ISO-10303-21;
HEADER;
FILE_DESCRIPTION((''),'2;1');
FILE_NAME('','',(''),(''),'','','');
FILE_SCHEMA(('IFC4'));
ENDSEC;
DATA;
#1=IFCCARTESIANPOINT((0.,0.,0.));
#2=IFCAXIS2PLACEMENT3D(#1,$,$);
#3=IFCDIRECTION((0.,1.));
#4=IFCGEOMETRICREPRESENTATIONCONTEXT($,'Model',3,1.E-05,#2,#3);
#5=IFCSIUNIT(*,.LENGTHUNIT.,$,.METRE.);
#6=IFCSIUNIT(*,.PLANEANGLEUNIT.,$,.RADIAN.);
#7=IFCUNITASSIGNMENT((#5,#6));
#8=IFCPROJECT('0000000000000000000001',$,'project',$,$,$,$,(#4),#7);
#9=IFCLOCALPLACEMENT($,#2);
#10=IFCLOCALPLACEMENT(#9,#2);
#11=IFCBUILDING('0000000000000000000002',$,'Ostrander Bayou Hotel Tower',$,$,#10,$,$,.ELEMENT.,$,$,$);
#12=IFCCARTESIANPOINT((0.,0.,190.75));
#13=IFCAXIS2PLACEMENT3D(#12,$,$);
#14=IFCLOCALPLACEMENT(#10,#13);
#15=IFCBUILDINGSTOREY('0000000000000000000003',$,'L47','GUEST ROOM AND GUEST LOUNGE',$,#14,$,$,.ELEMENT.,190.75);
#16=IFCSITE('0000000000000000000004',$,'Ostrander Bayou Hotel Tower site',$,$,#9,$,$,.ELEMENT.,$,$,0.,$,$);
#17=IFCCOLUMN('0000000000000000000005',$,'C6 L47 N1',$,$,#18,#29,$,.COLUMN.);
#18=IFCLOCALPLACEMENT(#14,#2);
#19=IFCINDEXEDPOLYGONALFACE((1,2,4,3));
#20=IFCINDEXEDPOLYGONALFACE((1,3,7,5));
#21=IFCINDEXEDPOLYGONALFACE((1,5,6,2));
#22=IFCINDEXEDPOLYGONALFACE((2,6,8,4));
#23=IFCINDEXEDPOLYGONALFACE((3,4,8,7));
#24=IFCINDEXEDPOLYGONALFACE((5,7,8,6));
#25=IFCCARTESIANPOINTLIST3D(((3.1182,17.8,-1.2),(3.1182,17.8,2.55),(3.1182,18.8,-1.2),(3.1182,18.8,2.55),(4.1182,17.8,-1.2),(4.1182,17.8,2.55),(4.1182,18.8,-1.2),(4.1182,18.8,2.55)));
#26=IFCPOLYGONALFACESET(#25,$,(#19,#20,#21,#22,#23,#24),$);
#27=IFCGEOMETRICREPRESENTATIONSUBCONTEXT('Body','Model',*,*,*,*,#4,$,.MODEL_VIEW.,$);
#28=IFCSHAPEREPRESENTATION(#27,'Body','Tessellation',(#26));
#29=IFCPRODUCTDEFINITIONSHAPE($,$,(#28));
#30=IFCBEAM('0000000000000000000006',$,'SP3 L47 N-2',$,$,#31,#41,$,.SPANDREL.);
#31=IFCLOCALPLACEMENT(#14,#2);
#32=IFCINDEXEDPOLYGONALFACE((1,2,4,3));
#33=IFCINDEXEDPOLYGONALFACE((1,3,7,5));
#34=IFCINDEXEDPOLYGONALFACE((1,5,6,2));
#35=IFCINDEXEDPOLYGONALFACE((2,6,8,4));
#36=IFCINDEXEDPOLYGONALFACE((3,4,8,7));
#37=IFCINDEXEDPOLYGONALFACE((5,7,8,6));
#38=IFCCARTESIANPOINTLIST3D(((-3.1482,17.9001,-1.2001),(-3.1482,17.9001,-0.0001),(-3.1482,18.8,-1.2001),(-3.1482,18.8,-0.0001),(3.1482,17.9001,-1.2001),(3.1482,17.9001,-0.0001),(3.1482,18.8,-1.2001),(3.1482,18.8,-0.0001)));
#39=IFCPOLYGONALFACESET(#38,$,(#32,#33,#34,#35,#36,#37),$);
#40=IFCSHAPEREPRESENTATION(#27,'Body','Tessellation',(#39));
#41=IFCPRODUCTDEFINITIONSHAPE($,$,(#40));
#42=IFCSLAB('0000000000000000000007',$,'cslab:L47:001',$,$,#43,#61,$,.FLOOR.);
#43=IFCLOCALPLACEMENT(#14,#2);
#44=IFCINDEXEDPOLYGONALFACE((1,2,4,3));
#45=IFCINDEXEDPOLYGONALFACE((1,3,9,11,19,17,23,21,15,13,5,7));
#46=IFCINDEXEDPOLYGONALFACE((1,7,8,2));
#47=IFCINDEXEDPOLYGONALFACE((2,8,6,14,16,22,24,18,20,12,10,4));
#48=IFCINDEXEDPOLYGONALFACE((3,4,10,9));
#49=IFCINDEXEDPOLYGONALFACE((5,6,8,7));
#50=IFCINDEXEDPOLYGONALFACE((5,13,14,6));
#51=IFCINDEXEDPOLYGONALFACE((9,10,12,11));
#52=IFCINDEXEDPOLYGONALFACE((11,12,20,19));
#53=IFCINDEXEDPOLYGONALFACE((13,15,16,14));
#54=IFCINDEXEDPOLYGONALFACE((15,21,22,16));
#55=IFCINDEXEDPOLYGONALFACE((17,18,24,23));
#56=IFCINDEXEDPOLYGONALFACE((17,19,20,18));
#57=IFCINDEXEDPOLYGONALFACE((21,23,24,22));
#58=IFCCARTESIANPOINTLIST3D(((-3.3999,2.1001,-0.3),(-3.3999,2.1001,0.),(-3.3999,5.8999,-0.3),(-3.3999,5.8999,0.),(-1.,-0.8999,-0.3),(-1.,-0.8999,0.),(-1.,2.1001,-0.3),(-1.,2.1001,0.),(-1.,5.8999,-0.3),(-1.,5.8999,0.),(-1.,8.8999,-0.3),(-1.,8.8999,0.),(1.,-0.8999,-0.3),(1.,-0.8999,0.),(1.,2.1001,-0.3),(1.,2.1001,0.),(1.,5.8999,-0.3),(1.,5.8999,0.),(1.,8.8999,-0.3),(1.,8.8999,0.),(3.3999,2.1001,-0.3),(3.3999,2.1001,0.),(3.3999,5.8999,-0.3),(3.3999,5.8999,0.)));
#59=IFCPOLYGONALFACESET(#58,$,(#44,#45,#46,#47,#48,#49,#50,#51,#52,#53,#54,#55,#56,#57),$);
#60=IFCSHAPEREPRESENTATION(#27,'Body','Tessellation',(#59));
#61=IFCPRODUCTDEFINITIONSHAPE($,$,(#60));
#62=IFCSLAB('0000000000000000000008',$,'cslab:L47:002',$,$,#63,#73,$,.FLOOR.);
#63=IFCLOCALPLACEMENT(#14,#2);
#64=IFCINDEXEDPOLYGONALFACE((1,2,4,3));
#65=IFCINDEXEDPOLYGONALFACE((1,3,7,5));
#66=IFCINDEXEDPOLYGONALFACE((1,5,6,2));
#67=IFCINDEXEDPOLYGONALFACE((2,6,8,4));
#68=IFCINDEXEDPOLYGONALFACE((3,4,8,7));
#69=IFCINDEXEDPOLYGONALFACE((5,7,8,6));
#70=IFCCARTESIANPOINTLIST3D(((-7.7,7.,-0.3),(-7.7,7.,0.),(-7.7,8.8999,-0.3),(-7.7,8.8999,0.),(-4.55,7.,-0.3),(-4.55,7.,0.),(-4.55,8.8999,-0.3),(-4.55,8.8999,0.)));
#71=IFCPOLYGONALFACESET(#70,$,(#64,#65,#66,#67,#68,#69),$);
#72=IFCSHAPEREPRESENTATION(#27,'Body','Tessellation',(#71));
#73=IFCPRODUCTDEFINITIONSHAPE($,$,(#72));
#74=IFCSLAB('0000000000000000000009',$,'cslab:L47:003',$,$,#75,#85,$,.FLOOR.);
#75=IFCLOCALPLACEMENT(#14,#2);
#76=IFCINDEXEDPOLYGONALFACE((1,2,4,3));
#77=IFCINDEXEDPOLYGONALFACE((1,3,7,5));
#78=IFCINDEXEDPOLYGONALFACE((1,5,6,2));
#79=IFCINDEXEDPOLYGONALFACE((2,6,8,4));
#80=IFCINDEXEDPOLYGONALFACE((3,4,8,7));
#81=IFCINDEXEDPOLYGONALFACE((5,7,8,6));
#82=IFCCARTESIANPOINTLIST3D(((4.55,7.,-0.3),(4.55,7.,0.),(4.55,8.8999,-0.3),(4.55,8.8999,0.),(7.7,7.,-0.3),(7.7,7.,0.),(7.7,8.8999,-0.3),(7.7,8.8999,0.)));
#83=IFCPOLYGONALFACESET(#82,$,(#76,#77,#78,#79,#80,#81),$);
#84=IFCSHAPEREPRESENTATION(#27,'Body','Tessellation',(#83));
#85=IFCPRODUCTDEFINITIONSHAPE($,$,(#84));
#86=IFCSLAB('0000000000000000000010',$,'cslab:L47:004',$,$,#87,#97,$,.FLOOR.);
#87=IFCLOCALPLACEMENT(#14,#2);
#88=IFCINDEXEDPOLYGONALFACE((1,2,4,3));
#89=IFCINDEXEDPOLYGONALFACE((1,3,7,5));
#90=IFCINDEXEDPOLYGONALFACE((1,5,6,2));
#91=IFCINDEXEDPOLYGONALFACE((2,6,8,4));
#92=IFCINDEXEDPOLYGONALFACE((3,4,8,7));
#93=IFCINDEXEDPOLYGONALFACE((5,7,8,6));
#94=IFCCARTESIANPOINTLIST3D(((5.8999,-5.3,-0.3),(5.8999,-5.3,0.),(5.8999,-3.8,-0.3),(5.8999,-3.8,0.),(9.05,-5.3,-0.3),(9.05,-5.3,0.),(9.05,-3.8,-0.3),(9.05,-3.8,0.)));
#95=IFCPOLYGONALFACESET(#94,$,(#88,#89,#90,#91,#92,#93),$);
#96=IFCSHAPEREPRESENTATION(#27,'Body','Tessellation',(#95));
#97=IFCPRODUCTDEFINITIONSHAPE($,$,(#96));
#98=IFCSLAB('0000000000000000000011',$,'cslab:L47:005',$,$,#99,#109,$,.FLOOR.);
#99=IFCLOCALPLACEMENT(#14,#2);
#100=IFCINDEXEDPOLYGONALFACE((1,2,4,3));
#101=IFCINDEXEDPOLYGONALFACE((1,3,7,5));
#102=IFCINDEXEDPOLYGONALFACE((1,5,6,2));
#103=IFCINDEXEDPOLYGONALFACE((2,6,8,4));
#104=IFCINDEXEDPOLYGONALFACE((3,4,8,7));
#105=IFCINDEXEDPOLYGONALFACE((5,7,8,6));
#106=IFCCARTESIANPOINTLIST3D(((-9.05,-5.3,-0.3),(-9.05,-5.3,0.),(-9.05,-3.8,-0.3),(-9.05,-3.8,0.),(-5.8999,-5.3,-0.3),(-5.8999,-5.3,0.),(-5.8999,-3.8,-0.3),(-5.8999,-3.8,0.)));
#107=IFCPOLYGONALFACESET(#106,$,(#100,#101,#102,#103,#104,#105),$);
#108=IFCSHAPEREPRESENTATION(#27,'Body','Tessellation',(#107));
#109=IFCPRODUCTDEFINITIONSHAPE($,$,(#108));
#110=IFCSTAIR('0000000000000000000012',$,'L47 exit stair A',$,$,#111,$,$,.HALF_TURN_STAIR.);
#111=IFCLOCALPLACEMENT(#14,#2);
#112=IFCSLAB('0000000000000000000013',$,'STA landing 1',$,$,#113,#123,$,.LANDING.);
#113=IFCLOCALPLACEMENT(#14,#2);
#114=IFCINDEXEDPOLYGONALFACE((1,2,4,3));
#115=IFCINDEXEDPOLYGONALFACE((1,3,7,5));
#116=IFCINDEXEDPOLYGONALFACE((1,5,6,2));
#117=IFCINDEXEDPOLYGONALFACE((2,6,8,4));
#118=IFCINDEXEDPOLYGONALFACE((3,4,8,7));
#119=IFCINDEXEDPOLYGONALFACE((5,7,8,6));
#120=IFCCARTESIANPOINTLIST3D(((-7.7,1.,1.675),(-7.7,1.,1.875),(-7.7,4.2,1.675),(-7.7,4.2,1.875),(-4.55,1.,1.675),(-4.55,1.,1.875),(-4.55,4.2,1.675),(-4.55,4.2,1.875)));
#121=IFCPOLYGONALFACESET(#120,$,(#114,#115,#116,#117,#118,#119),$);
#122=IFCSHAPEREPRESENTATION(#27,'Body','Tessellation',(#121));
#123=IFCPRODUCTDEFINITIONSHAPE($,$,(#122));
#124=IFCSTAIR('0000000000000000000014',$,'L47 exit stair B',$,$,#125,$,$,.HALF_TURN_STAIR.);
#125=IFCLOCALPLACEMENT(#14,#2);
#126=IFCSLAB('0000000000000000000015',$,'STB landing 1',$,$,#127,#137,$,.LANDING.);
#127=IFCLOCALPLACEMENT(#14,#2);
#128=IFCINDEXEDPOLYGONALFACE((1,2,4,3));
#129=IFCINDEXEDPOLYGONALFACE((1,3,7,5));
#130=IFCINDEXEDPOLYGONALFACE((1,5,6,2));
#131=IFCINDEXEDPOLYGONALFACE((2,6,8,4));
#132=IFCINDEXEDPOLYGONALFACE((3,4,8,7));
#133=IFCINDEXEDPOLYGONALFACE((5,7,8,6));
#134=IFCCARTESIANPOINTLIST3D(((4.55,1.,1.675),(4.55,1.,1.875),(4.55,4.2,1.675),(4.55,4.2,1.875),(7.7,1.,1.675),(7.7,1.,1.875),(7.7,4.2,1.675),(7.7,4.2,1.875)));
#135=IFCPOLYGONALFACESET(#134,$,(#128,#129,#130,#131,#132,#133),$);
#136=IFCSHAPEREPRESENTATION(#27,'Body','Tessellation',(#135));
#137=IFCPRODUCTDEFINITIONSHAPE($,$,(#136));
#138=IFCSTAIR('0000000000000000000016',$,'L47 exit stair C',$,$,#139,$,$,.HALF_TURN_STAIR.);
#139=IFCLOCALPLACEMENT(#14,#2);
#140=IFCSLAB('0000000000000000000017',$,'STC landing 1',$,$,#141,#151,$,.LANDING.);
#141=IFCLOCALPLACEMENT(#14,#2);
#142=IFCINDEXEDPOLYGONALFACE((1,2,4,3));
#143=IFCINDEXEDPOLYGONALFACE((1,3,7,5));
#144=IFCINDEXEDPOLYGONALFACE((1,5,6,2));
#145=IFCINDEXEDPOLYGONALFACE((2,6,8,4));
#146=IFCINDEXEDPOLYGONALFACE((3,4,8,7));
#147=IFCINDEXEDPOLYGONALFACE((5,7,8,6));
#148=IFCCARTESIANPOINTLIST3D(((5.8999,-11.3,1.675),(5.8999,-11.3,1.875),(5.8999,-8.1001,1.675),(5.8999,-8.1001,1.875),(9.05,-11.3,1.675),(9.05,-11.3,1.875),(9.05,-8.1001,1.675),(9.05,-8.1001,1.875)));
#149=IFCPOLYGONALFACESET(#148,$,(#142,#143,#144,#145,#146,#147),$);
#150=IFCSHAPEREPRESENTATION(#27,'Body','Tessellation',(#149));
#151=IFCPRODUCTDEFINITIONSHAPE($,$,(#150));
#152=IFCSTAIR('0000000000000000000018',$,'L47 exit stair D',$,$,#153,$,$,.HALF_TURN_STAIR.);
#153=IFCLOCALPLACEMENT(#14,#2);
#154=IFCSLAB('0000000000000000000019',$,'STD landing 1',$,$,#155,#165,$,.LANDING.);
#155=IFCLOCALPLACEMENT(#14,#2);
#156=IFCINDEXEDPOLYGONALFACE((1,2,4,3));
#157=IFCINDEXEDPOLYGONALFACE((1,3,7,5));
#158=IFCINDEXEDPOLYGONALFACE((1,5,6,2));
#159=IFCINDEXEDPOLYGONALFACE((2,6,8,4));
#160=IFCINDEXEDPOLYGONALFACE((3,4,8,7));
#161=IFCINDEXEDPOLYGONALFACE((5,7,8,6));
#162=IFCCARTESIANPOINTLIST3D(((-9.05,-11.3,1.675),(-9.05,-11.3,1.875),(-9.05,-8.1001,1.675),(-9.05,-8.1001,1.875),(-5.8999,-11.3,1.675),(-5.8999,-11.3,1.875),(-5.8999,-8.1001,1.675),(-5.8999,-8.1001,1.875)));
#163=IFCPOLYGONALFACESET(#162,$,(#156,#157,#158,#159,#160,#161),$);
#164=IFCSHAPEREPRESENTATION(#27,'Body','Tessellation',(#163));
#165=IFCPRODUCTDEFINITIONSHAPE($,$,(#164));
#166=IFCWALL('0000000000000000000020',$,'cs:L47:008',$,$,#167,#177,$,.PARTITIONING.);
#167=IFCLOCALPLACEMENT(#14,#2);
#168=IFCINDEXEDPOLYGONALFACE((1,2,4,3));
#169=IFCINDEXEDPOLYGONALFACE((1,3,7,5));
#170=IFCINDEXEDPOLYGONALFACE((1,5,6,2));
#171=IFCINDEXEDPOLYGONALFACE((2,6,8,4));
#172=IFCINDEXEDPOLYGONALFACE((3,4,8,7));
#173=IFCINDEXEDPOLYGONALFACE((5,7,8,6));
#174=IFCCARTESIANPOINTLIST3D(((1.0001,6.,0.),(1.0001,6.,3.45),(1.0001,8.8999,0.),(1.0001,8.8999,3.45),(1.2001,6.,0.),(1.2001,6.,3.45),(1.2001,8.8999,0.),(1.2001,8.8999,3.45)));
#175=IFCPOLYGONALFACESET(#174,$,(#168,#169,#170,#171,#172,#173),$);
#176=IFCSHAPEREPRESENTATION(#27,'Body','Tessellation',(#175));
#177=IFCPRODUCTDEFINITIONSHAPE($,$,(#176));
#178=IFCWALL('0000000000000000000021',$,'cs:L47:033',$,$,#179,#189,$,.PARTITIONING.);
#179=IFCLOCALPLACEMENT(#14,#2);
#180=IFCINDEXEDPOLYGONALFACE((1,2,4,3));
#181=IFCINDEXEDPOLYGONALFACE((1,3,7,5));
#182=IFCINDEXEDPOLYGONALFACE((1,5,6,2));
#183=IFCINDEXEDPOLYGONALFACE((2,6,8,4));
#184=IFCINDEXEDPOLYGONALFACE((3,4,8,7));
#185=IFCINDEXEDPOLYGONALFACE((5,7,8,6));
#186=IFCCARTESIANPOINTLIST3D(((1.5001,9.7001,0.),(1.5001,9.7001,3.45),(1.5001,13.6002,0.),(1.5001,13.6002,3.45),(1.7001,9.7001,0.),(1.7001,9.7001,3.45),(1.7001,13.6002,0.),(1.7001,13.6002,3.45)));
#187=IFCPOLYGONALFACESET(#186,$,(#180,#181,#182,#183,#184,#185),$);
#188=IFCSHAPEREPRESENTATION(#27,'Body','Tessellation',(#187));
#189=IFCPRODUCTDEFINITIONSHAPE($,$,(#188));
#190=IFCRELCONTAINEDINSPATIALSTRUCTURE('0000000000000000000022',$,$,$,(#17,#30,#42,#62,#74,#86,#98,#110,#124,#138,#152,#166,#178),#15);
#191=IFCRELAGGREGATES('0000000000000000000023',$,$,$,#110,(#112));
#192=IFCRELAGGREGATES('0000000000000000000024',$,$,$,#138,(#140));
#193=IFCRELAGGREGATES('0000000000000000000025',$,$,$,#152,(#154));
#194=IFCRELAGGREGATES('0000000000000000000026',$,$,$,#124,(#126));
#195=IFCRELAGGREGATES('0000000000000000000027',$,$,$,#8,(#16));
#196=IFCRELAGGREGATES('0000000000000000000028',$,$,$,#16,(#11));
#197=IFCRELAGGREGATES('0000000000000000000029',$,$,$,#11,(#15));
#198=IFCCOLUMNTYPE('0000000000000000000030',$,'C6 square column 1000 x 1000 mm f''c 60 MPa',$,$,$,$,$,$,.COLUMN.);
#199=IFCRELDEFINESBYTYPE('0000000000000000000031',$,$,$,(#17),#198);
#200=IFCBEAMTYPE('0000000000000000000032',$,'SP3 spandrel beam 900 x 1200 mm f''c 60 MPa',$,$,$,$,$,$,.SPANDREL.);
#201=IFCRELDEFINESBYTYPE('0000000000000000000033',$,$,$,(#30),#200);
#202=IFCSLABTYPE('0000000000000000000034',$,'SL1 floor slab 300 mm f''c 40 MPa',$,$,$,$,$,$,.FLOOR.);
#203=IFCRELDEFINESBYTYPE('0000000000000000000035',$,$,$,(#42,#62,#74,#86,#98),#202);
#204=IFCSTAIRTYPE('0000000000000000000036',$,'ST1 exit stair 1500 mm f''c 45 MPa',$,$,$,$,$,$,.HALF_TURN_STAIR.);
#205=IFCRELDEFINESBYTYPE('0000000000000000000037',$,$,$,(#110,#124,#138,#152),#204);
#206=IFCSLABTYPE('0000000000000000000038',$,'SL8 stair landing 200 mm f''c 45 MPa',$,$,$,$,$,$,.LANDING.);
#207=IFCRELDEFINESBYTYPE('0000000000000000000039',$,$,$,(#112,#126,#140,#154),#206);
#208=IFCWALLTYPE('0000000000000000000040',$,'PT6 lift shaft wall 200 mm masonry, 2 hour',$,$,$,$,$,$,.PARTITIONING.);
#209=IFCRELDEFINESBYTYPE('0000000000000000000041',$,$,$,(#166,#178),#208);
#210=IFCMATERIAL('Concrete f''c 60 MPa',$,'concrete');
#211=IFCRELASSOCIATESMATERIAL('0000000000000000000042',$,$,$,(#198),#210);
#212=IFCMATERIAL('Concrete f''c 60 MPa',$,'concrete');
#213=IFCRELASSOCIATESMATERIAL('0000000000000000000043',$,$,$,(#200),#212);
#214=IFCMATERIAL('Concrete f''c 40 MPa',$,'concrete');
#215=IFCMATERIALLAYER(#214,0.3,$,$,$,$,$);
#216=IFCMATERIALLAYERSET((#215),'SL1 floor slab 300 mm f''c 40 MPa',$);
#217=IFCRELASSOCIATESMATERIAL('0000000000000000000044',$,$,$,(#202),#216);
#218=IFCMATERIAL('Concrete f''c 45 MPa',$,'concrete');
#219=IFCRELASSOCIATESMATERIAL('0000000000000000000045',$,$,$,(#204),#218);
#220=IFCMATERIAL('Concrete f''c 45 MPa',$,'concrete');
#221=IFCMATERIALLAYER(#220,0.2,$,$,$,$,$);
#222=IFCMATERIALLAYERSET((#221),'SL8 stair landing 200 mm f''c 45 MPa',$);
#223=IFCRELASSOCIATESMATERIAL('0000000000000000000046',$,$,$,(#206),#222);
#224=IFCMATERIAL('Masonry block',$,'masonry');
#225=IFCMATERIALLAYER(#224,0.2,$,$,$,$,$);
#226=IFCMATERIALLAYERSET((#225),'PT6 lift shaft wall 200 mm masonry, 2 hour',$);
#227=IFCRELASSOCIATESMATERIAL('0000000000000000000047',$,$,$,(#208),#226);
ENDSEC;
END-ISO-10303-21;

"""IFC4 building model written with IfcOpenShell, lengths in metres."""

from ifc_helpers import new_model, si_unit, direction, frame, frame_2d, origin, origin_2d, place, context, subcontext, project, spatial, polyline, rectangle, outline, extrude, material, layer, layer_set, material_profile, profile_set, type_object, element, aggregate, save


model = new_model("IFC4")

# Units and contexts
model_context = context("Model", 3, precision=1e-05, world=origin(), true_north=direction((0.0, 1.0)))
body_context = subcontext(model_context, "Body", "Model", "MODEL_VIEW")
ifc_project = project(units=[si_unit("LENGTHUNIT", "METRE"), si_unit("PLANEANGLEUNIT", "RADIAN")], contexts=[model_context])

# Site, building, storey
site_placement = place(None, origin())
site = spatial("IfcSite", under=ifc_project, at=site_placement, Name="Ostrander Bayou Hotel Tower site", CompositionType="ELEMENT", RefElevation=0.0)
building_placement = place(site_placement, origin())
building = spatial("IfcBuilding", under=site, at=building_placement, Name="Ostrander Bayou Hotel Tower", CompositionType="ELEMENT")
storey_placement = place(building_placement, frame((0.0, 0.0, 190.75)))
storey = spatial("IfcBuildingStorey", under=building, at=storey_placement, Name="L47", Description="GUEST ROOM AND GUEST LOUNGE", CompositionType="ELEMENT", Elevation=190.75)

# Column
ifc_material_1 = material(Name="Concrete f'c 60 MPa", Category="concrete")
ifc_material_profile_1 = material_profile(ifc_material_1, rectangle(XDim=1.0, YDim=1.0, at=origin_2d()))
ifc_profile_set_1 = profile_set([ifc_material_profile_1], Name="Concrete f'c 60 MPa")
column_type = type_object("IfcColumnType", Name="C6 square column 1000 x 1000 mm f'c 60 MPa", PredefinedType="COLUMN", material=ifc_profile_set_1)
column_placement = place(storey_placement, frame((3.6182, 18.3, -1.2), z_axis=(0.0, 0.0, 1.0), x_axis=(1.0, 0.0, 0.0)))
element("IfcColumn", 1, at=column_placement, inside=storey, type_object=column_type, Name="C6 L47 N1", PredefinedType="COLUMN", context=body_context, shape_type="SweptSolid", body=[
    extrude(rectangle(XDim=1.0, YDim=1.0, at=origin_2d()), origin(), (0.0, 0.0, 1.0), 3.75),
])

# Beam
ifc_material_2 = material(Name="Concrete f'c 60 MPa", Category="concrete")
ifc_material_profile_2 = material_profile(ifc_material_2, rectangle(XDim=0.8999, YDim=1.2, at=origin_2d()))
ifc_profile_set_2 = profile_set([ifc_material_profile_2], Name="Concrete f'c 60 MPa")
beam_type = type_object("IfcBeamType", Name="SP3 spandrel beam 900 x 1200 mm f'c 60 MPa", PredefinedType="SPANDREL", material=ifc_profile_set_2)
beam_placement = place(storey_placement, frame((3.1482, 18.3501, -0.6001), z_axis=(-1.0, 0.0, 0.0), x_axis=(0.0, -1.0, 0.0)))
element("IfcBeam", 2, at=beam_placement, inside=storey, type_object=beam_type, Name="SP3 L47 N-2", PredefinedType="SPANDREL", context=body_context, shape_type="SweptSolid", body=[
    extrude(rectangle(XDim=0.8999, YDim=1.2, at=origin_2d()), origin(), (0.0, 0.0, 1.0), 6.2964),
])

# Slabs
ifc_material_3 = material(Name="Concrete f'c 40 MPa", Category="concrete")
ifc_layer_1 = layer(ifc_material_3, 0.3)
ifc_layer_set_1 = layer_set([ifc_layer_1], Name="SL1 floor slab 300 mm f'c 40 MPa")
slab_type_1 = type_object("IfcSlabType", Name="SL1 floor slab 300 mm f'c 40 MPa", PredefinedType="FLOOR", material=ifc_layer_set_1)
slab_1_placement = place(storey_placement, frame((0.0, 0.0, -0.3)))
element("IfcSlab", 3, at=slab_1_placement, inside=storey, type_object=slab_type_1, Name="cslab:L47:001", PredefinedType="FLOOR", context=body_context, shape_type="SweptSolid", body=[
    extrude(outline(polyline([(-3.3999, 5.8999), (-1.0, 5.8999), (-1.0, 8.8999), (1.0, 8.8999), (1.0, 5.8999), (3.3999, 5.8999), (3.3999, 2.1001), (1.0, 2.1001), (1.0, -0.8999), (-1.0, -0.8999), (-1.0, 2.1001), (-3.3999, 2.1001), (-3.3999, 5.8999)])), origin(), (0.0, 0.0, 1.0), 0.3),
])
slab_2_placement = place(storey_placement, frame((0.0, 0.0, -0.3)))
element("IfcSlab", 4, at=slab_2_placement, inside=storey, type_object=slab_type_1, Name="cslab:L47:002", PredefinedType="FLOOR", context=body_context, shape_type="SweptSolid", body=[
    extrude(outline(polyline([(-4.55, 7.0), (-4.55, 8.8999), (-7.7, 8.8999), (-7.7, 7.0), (-4.55, 7.0)])), origin(), (0.0, 0.0, 1.0), 0.3),
])
slab_3_placement = place(storey_placement, frame((0.0, 0.0, -0.3)))
element("IfcSlab", 5, at=slab_3_placement, inside=storey, type_object=slab_type_1, Name="cslab:L47:003", PredefinedType="FLOOR", context=body_context, shape_type="SweptSolid", body=[
    extrude(outline(polyline([(7.7, 7.0), (7.7, 8.8999), (4.55, 8.8999), (4.55, 7.0), (7.7, 7.0)])), origin(), (0.0, 0.0, 1.0), 0.3),
])
slab_4_placement = place(storey_placement, frame((0.0, 0.0, -0.3)))
element("IfcSlab", 6, at=slab_4_placement, inside=storey, type_object=slab_type_1, Name="cslab:L47:004", PredefinedType="FLOOR", context=body_context, shape_type="SweptSolid", body=[
    extrude(outline(polyline([(9.05, -5.3), (9.05, -3.8), (5.8999, -3.8), (5.8999, -5.3), (9.05, -5.3)])), origin(), (0.0, 0.0, 1.0), 0.3),
])
slab_5_placement = place(storey_placement, frame((0.0, 0.0, -0.3)))
element("IfcSlab", 7, at=slab_5_placement, inside=storey, type_object=slab_type_1, Name="cslab:L47:005", PredefinedType="FLOOR", context=body_context, shape_type="SweptSolid", body=[
    extrude(outline(polyline([(-5.8999, -5.3), (-5.8999, -3.8), (-9.05, -3.8), (-9.05, -5.3), (-5.8999, -5.3)])), origin(), (0.0, 0.0, 1.0), 0.3),
])

# Stairs, slabs
ifc_material_4 = material(Name="Concrete f'c 45 MPa", Category="concrete")
stair_type = type_object("IfcStairType", Name="ST1 exit stair 1500 mm f'c 45 MPa", PredefinedType="HALF_TURN_STAIR", material=ifc_material_4)
stair_1_placement = place(storey_placement, origin())
stair_1 = element("IfcStair", 8, at=stair_1_placement, inside=storey, type_object=stair_type, Name="L47 exit stair A", PredefinedType="HALF_TURN_STAIR")
ifc_material_5 = material(Name="Concrete f'c 45 MPa", Category="concrete")
ifc_layer_2 = layer(ifc_material_5, 0.2)
ifc_layer_set_2 = layer_set([ifc_layer_2], Name="SL8 stair landing 200 mm f'c 45 MPa")
slab_type_2 = type_object("IfcSlabType", Name="SL8 stair landing 200 mm f'c 45 MPa", PredefinedType="LANDING", material=ifc_layer_set_2)
slab_6_placement = place(storey_placement, frame((0.0, 0.0, 1.675)))
slab_6 = element("IfcSlab", 9, at=slab_6_placement, type_object=slab_type_2, Name="STA landing 1", PredefinedType="LANDING", context=body_context, shape_type="SweptSolid", body=[
    extrude(outline(polyline([(-7.7, 4.2), (-7.7, 1.0), (-4.55, 1.0), (-4.55, 4.2), (-7.7, 4.2)])), origin(), (0.0, 0.0, 1.0), 0.2),
])
aggregate(stair_1, [slab_6])
stair_2_placement = place(storey_placement, origin())
stair_2 = element("IfcStair", 10, at=stair_2_placement, inside=storey, type_object=stair_type, Name="L47 exit stair B", PredefinedType="HALF_TURN_STAIR")
slab_7_placement = place(storey_placement, frame((0.0, 0.0, 1.675)))
slab_7 = element("IfcSlab", 11, at=slab_7_placement, type_object=slab_type_2, Name="STB landing 1", PredefinedType="LANDING", context=body_context, shape_type="SweptSolid", body=[
    extrude(outline(polyline([(4.55, 4.2), (4.55, 1.0), (7.7, 1.0), (7.7, 4.2), (4.55, 4.2)])), origin(), (0.0, 0.0, 1.0), 0.2),
])
stair_3_placement = place(storey_placement, origin())
stair_3 = element("IfcStair", 12, at=stair_3_placement, inside=storey, type_object=stair_type, Name="L47 exit stair C", PredefinedType="HALF_TURN_STAIR")
slab_8_placement = place(storey_placement, frame((0.0, 0.0, 1.675)))
slab_8 = element("IfcSlab", 13, at=slab_8_placement, type_object=slab_type_2, Name="STC landing 1", PredefinedType="LANDING", context=body_context, shape_type="SweptSolid", body=[
    extrude(outline(polyline([(5.8999, -8.1001), (5.8999, -11.3), (9.05, -11.3), (9.05, -8.1001), (5.8999, -8.1001)])), origin(), (0.0, 0.0, 1.0), 0.2),
])
aggregate(stair_3, [slab_8])
stair_4_placement = place(storey_placement, origin())
stair_4 = element("IfcStair", 14, at=stair_4_placement, inside=storey, type_object=stair_type, Name="L47 exit stair D", PredefinedType="HALF_TURN_STAIR")
slab_9_placement = place(storey_placement, frame((0.0, 0.0, 1.675)))
slab_9 = element("IfcSlab", 15, at=slab_9_placement, type_object=slab_type_2, Name="STD landing 1", PredefinedType="LANDING", context=body_context, shape_type="SweptSolid", body=[
    extrude(outline(polyline([(-9.05, -8.1001), (-9.05, -11.3), (-5.8999, -11.3), (-5.8999, -8.1001), (-9.05, -8.1001)])), origin(), (0.0, 0.0, 1.0), 0.2),
])
aggregate(stair_4, [slab_9])

# Shared definitions
ifc_material_6 = material(Name="Masonry block", Category="masonry")
ifc_layer_3 = layer(ifc_material_6, 0.2)
ifc_layer_set_3 = layer_set([ifc_layer_3], Name="PT6 lift shaft wall 200 mm masonry, 2 hour")
wall_type_1 = type_object("IfcWallType", Name="PT6 lift shaft wall 200 mm masonry, 2 hour", PredefinedType="PARTITIONING", material=ifc_layer_set_3)

# Walls
wall_1_placement = place(storey_placement, frame((1.1001, 6.0, 0.0), z_axis=(0.0, 0.0, 1.0), x_axis=(0.0, 1.0, 0.0)))
element("IfcWall", 16, at=wall_1_placement, inside=storey, type_object=wall_type_1, Name="cs:L47:008", PredefinedType="PARTITIONING", context=body_context, shape_type="SweptSolid", body=[
    extrude(rectangle(XDim=2.8999, YDim=0.2, at=frame_2d((1.45, 0.0))), origin(), (0.0, 0.0, 1.0), 3.45),
])
wall_2_placement = place(storey_placement, frame((1.6001, 9.7, 0.0), z_axis=(0.0, 0.0, 1.0), x_axis=(0.0, 1.0, 0.0)))
element("IfcWall", 17, at=wall_2_placement, inside=storey, type_object=wall_type_1, Name="cs:L47:033", PredefinedType="PARTITIONING", context=body_context, shape_type="SweptSolid", body=[
    extrude(rectangle(XDim=3.9001, YDim=0.2, at=frame_2d((1.9502, 0.0))), origin(), (0.0, 0.0, 1.0), 3.45),
])

aggregate(stair_2, [slab_7])

save(model, "model.ifc")
